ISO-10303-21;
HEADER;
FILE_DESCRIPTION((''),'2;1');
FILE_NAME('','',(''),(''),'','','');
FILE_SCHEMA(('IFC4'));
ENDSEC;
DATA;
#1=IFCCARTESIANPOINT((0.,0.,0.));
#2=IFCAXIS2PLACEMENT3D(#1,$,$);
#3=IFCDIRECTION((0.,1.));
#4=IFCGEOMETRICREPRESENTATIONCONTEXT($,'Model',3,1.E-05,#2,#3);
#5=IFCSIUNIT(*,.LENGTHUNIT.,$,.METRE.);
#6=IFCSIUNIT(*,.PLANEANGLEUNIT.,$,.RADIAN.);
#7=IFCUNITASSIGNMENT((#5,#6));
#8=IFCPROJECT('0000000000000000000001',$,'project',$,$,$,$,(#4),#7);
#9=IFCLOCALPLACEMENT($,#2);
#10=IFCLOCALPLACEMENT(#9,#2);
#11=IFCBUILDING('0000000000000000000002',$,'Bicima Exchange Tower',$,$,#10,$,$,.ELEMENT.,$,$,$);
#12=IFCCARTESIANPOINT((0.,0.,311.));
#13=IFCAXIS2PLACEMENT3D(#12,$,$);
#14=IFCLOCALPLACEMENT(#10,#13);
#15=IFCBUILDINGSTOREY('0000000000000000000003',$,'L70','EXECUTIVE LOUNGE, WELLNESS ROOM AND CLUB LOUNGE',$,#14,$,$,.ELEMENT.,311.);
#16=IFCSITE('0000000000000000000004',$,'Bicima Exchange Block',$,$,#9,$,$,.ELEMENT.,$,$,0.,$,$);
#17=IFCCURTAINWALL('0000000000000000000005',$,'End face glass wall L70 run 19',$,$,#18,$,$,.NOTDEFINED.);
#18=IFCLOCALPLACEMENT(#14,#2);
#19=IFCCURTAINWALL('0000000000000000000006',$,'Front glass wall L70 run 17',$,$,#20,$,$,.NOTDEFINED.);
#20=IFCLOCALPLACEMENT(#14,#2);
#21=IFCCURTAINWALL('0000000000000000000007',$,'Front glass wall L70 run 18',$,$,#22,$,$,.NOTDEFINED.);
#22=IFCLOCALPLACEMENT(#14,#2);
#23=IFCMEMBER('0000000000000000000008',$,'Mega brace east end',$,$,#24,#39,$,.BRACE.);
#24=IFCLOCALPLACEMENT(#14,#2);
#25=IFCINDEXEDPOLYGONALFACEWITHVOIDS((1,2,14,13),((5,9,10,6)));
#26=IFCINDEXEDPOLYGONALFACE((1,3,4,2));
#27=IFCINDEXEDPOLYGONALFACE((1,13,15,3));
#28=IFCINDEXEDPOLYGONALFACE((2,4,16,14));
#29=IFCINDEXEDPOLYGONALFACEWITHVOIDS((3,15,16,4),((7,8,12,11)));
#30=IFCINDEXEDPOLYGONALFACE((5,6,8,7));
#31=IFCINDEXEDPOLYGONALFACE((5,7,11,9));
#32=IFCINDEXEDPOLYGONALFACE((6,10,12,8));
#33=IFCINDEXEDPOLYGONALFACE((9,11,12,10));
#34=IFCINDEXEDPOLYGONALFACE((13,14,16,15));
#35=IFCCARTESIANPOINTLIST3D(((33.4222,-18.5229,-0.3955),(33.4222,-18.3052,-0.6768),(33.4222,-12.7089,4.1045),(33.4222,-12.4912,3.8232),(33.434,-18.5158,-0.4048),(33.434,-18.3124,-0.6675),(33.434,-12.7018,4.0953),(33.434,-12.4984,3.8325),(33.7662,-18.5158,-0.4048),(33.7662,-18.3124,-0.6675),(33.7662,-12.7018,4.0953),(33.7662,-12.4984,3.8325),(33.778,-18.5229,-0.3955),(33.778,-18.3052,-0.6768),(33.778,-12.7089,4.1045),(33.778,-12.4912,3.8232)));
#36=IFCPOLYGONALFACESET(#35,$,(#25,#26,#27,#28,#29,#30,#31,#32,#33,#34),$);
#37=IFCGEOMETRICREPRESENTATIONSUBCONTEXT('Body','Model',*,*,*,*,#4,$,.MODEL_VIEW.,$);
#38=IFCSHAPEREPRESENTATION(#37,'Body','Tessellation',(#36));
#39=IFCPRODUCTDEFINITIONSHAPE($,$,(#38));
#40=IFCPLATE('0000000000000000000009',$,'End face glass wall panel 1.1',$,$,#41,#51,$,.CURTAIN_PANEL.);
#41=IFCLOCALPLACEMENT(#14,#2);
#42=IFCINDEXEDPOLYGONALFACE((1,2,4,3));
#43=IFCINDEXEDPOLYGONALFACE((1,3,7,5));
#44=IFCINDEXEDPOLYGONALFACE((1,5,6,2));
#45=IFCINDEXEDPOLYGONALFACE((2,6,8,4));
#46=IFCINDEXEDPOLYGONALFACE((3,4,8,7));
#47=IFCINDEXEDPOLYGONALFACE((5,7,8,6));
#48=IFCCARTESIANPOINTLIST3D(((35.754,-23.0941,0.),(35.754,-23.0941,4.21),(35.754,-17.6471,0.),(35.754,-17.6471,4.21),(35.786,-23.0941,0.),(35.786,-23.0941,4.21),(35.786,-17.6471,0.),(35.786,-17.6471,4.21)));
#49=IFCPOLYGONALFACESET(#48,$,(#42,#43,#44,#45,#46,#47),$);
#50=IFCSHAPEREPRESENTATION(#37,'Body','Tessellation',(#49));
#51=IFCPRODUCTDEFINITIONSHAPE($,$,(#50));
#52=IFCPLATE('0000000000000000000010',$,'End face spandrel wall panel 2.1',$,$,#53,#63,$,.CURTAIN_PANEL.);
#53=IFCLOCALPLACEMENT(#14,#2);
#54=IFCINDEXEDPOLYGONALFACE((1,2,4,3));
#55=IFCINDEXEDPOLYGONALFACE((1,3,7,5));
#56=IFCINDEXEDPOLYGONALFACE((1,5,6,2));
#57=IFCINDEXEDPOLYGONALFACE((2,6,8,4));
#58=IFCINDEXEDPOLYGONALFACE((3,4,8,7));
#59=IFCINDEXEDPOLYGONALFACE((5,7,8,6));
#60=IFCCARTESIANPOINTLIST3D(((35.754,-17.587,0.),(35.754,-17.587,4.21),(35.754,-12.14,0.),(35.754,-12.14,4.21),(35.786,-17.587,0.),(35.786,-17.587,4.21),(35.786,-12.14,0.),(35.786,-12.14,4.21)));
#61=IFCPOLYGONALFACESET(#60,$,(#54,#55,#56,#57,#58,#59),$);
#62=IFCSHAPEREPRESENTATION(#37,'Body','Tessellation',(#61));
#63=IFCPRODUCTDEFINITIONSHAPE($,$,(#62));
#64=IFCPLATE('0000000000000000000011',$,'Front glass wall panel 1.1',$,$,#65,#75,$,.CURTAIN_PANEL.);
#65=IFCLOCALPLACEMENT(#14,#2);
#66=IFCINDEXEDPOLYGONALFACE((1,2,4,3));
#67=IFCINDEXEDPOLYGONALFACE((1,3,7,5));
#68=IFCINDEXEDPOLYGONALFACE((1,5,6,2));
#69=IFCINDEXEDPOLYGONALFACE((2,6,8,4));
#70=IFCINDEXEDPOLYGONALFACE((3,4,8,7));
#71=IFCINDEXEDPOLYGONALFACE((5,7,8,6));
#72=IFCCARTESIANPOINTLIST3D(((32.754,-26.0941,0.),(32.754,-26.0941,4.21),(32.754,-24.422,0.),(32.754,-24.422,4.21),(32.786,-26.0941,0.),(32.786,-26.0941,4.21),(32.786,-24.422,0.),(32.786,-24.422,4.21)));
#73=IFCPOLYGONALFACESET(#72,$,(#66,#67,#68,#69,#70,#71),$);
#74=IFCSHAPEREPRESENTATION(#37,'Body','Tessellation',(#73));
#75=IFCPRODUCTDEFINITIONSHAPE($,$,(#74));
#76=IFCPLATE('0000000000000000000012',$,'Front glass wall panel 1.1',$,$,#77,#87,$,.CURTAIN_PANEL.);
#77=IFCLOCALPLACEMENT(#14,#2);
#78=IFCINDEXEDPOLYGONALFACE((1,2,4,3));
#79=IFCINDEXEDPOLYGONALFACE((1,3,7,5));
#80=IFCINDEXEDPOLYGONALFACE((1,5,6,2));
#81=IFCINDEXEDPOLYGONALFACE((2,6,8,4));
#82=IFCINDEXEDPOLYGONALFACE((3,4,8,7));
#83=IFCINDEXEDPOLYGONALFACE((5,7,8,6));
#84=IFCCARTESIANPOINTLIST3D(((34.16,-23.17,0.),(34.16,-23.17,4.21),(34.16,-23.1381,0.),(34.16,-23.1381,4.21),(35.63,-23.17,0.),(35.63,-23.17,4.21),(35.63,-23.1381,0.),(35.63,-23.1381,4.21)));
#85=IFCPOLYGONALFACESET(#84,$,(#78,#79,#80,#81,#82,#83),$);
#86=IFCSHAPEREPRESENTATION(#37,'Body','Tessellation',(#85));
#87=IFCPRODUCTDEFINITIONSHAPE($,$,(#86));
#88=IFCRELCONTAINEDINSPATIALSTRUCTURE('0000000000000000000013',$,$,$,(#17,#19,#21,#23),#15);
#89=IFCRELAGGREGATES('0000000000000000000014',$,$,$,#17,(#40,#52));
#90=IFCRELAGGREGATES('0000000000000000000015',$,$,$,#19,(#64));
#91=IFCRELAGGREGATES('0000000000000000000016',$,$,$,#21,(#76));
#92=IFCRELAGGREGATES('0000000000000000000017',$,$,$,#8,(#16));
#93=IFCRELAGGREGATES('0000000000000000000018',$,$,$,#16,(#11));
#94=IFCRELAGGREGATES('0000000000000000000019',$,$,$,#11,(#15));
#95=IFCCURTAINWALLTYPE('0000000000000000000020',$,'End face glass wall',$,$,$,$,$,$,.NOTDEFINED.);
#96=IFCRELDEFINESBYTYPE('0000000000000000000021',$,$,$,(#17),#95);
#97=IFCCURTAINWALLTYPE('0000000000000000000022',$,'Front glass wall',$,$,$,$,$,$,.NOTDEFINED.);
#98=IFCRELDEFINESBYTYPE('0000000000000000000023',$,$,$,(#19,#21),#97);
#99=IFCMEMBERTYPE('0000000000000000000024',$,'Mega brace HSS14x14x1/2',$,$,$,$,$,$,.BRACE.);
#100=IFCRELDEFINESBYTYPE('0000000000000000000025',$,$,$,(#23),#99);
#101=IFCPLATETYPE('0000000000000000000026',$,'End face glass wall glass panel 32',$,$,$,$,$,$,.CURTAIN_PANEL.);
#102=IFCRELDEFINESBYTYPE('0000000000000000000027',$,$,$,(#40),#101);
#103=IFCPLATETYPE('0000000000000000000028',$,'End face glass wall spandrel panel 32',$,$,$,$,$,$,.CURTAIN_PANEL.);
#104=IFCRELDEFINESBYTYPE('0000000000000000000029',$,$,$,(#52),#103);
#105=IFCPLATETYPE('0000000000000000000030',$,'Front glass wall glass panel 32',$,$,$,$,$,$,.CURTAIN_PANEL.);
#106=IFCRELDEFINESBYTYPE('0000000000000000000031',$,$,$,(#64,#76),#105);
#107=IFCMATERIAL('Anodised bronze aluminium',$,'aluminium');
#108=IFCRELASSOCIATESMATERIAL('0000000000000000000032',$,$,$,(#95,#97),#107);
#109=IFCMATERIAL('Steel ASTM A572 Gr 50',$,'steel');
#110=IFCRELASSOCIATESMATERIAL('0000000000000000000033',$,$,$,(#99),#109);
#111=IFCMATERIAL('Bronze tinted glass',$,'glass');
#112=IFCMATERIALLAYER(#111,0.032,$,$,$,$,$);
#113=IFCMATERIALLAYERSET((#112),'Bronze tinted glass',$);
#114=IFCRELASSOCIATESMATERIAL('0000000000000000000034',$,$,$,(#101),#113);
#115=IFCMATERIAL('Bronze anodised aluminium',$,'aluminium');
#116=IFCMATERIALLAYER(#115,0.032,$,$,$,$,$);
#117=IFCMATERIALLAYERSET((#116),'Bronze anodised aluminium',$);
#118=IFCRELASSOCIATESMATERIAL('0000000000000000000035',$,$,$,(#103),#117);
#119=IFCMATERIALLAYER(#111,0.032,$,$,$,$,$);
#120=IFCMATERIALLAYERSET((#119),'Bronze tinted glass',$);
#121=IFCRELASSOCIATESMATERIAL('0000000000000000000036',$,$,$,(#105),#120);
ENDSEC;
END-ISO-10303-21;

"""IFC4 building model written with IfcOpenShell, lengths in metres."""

from ifc_helpers import new_model, si_unit, direction, frame, origin, origin_2d, place, context, subcontext, project, spatial, rectangle, hollow_rectangle, extrude, material, layer, layer_set, material_profile, profile_set, type_object, element, aggregate, save


model = new_model("IFC4")

# Units and contexts
model_context = context("Model", 3, precision=1e-05, world=origin(), true_north=direction((0.0, 1.0)))
body_context = subcontext(model_context, "Body", "Model", "MODEL_VIEW")
ifc_project = project(units=[si_unit("LENGTHUNIT", "METRE"), si_unit("PLANEANGLEUNIT", "RADIAN")], contexts=[model_context])

# Site, building, storey
site_placement = place(None, origin())
site = spatial("IfcSite", under=ifc_project, at=site_placement, Name="Bicima Exchange Block", CompositionType="ELEMENT", RefElevation=0.0)
building_placement = place(site_placement, origin())
building = spatial("IfcBuilding", under=site, at=building_placement, Name="Bicima Exchange Tower", CompositionType="ELEMENT")
storey_placement = place(building_placement, frame((0.0, 0.0, 311.0)))
storey = spatial("IfcBuildingStorey", under=building, at=storey_placement, Name="L70", Description="EXECUTIVE LOUNGE, WELLNESS ROOM AND CLUB LOUNGE", CompositionType="ELEMENT", Elevation=311.0)

# Shared definitions
ifc_material_1 = material(Name="Steel ASTM A572 Gr 50", Category="steel")

# Curtain wall
ifc_material_2 = material(Name="Anodised bronze aluminium", Category="aluminium")
curtain_wall_type_1 = type_object("IfcCurtainWallType", Name="End face glass wall", PredefinedType="NOTDEFINED", material=ifc_material_2)
curtain_wall_1_placement = place(storey_placement, origin())
curtain_wall_1 = element("IfcCurtainWall", 1, at=curtain_wall_1_placement, inside=storey, type_object=curtain_wall_type_1, Name="End face glass wall L70 run 19", PredefinedType="NOTDEFINED")

# Shared definitions
curtain_wall_type_2 = type_object("IfcCurtainWallType", Name="Front glass wall", PredefinedType="NOTDEFINED", material=ifc_material_2)

# Curtain walls
curtain_wall_2_placement = place(storey_placement, origin())
curtain_wall_2 = element("IfcCurtainWall", 2, at=curtain_wall_2_placement, inside=storey, type_object=curtain_wall_type_2, Name="Front glass wall L70 run 17", PredefinedType="NOTDEFINED")
curtain_wall_3_placement = place(storey_placement, origin())
curtain_wall_3 = element("IfcCurtainWall", 3, at=curtain_wall_3_placement, inside=storey, type_object=curtain_wall_type_2, Name="Front glass wall L70 run 18", PredefinedType="NOTDEFINED")

# Member
ifc_material_profile_1 = material_profile(ifc_material_1, hollow_rectangle(XDim=0.3557, YDim=0.3557, WallThickness=0.0117, at=origin_2d()))
ifc_profile_set_1 = profile_set([ifc_material_profile_1], Name="Steel ASTM A572 Gr 50")
member_type_1 = type_object("IfcMemberType", Name="Mega brace HSS14x14x1/2", PredefinedType="BRACE", material=ifc_profile_set_1)
member_1_placement = place(storey_placement, frame((33.6001, -18.4141, -0.5361), z_axis=(0.0, 0.790798, 0.612077), x_axis=(-1.0, 0.0, 0.0)))
element("IfcMember", 4, at=member_1_placement, inside=storey, type_object=member_type_1, Name="Mega brace east end", PredefinedType="BRACE", context=body_context, shape_type="SweptSolid", body=[
    extrude(hollow_rectangle(XDim=0.3557, YDim=0.3557, WallThickness=0.0117, at=origin_2d()), origin(), (0.0, 0.0, 1.0), 7.3521),
])

# Plates
ifc_material_3 = material(Name="Bronze tinted glass", Category="glass")
ifc_layer_1 = layer(ifc_material_3, 0.032)
ifc_layer_set_1 = layer_set([ifc_layer_1], Name="Bronze tinted glass")
plate_type_1 = type_object("IfcPlateType", Name="End face glass wall glass panel 32", PredefinedType="CURTAIN_PANEL", material=ifc_layer_set_1)
plate_1_placement = place(storey_placement, frame((35.77, -20.3706, 0.0), z_axis=(0.0, 0.0, 1.0), x_axis=(0.0, 1.0, 0.0)))
plate_1 = element("IfcPlate", 5, at=plate_1_placement, type_object=plate_type_1, Name="End face glass wall panel 1.1", PredefinedType="CURTAIN_PANEL", context=body_context, shape_type="SweptSolid", body=[
    extrude(rectangle(XDim=5.447, YDim=0.032, at=origin_2d()), origin(), (0.0, 0.0, 1.0), 4.21),
])
ifc_material_4 = material(Name="Bronze anodised aluminium", Category="aluminium")
ifc_layer_2 = layer(ifc_material_4, 0.032)
ifc_layer_set_2 = layer_set([ifc_layer_2], Name="Bronze anodised aluminium")
plate_type_2 = type_object("IfcPlateType", Name="End face glass wall spandrel panel 32", PredefinedType="CURTAIN_PANEL", material=ifc_layer_set_2)
plate_2_placement = place(storey_placement, frame((35.77, -14.8635, 0.0), z_axis=(0.0, 0.0, 1.0), x_axis=(0.0, 1.0, 0.0)))
plate_2 = element("IfcPlate", 6, at=plate_2_placement, type_object=plate_type_2, Name="End face spandrel wall panel 2.1", PredefinedType="CURTAIN_PANEL", context=body_context, shape_type="SweptSolid", body=[
    extrude(rectangle(XDim=5.447, YDim=0.032, at=origin_2d()), origin(), (0.0, 0.0, 1.0), 4.21),
])
aggregate(curtain_wall_1, [plate_1, plate_2])
ifc_layer_3 = layer(ifc_material_3, 0.032)
ifc_layer_set_3 = layer_set([ifc_layer_3], Name="Bronze tinted glass")
plate_type_3 = type_object("IfcPlateType", Name="Front glass wall glass panel 32", PredefinedType="CURTAIN_PANEL", material=ifc_layer_set_3)
plate_3_placement = place(storey_placement, frame((32.77, -25.2581, 0.0), z_axis=(0.0, 0.0, 1.0), x_axis=(0.0, 1.0, 0.0)))
plate_3 = element("IfcPlate", 7, at=plate_3_placement, type_object=plate_type_3, Name="Front glass wall panel 1.1", PredefinedType="CURTAIN_PANEL", context=body_context, shape_type="SweptSolid", body=[
    extrude(rectangle(XDim=1.6721, YDim=0.032, at=origin_2d()), origin(), (0.0, 0.0, 1.0), 4.21),
])
aggregate(curtain_wall_2, [plate_3])
plate_4_placement = place(storey_placement, frame((34.895, -23.1541, 0.0), z_axis=(0.0, 0.0, 1.0), x_axis=(1.0, 0.0, 0.0)))
plate_4 = element("IfcPlate", 8, at=plate_4_placement, type_object=plate_type_3, Name="Front glass wall panel 1.1", PredefinedType="CURTAIN_PANEL", context=body_context, shape_type="SweptSolid", body=[
    extrude(rectangle(XDim=1.47, YDim=0.032, at=origin_2d()), origin(), (0.0, 0.0, 1.0), 4.21),
])
aggregate(curtain_wall_3, [plate_4])

save(model, "model.ifc")
